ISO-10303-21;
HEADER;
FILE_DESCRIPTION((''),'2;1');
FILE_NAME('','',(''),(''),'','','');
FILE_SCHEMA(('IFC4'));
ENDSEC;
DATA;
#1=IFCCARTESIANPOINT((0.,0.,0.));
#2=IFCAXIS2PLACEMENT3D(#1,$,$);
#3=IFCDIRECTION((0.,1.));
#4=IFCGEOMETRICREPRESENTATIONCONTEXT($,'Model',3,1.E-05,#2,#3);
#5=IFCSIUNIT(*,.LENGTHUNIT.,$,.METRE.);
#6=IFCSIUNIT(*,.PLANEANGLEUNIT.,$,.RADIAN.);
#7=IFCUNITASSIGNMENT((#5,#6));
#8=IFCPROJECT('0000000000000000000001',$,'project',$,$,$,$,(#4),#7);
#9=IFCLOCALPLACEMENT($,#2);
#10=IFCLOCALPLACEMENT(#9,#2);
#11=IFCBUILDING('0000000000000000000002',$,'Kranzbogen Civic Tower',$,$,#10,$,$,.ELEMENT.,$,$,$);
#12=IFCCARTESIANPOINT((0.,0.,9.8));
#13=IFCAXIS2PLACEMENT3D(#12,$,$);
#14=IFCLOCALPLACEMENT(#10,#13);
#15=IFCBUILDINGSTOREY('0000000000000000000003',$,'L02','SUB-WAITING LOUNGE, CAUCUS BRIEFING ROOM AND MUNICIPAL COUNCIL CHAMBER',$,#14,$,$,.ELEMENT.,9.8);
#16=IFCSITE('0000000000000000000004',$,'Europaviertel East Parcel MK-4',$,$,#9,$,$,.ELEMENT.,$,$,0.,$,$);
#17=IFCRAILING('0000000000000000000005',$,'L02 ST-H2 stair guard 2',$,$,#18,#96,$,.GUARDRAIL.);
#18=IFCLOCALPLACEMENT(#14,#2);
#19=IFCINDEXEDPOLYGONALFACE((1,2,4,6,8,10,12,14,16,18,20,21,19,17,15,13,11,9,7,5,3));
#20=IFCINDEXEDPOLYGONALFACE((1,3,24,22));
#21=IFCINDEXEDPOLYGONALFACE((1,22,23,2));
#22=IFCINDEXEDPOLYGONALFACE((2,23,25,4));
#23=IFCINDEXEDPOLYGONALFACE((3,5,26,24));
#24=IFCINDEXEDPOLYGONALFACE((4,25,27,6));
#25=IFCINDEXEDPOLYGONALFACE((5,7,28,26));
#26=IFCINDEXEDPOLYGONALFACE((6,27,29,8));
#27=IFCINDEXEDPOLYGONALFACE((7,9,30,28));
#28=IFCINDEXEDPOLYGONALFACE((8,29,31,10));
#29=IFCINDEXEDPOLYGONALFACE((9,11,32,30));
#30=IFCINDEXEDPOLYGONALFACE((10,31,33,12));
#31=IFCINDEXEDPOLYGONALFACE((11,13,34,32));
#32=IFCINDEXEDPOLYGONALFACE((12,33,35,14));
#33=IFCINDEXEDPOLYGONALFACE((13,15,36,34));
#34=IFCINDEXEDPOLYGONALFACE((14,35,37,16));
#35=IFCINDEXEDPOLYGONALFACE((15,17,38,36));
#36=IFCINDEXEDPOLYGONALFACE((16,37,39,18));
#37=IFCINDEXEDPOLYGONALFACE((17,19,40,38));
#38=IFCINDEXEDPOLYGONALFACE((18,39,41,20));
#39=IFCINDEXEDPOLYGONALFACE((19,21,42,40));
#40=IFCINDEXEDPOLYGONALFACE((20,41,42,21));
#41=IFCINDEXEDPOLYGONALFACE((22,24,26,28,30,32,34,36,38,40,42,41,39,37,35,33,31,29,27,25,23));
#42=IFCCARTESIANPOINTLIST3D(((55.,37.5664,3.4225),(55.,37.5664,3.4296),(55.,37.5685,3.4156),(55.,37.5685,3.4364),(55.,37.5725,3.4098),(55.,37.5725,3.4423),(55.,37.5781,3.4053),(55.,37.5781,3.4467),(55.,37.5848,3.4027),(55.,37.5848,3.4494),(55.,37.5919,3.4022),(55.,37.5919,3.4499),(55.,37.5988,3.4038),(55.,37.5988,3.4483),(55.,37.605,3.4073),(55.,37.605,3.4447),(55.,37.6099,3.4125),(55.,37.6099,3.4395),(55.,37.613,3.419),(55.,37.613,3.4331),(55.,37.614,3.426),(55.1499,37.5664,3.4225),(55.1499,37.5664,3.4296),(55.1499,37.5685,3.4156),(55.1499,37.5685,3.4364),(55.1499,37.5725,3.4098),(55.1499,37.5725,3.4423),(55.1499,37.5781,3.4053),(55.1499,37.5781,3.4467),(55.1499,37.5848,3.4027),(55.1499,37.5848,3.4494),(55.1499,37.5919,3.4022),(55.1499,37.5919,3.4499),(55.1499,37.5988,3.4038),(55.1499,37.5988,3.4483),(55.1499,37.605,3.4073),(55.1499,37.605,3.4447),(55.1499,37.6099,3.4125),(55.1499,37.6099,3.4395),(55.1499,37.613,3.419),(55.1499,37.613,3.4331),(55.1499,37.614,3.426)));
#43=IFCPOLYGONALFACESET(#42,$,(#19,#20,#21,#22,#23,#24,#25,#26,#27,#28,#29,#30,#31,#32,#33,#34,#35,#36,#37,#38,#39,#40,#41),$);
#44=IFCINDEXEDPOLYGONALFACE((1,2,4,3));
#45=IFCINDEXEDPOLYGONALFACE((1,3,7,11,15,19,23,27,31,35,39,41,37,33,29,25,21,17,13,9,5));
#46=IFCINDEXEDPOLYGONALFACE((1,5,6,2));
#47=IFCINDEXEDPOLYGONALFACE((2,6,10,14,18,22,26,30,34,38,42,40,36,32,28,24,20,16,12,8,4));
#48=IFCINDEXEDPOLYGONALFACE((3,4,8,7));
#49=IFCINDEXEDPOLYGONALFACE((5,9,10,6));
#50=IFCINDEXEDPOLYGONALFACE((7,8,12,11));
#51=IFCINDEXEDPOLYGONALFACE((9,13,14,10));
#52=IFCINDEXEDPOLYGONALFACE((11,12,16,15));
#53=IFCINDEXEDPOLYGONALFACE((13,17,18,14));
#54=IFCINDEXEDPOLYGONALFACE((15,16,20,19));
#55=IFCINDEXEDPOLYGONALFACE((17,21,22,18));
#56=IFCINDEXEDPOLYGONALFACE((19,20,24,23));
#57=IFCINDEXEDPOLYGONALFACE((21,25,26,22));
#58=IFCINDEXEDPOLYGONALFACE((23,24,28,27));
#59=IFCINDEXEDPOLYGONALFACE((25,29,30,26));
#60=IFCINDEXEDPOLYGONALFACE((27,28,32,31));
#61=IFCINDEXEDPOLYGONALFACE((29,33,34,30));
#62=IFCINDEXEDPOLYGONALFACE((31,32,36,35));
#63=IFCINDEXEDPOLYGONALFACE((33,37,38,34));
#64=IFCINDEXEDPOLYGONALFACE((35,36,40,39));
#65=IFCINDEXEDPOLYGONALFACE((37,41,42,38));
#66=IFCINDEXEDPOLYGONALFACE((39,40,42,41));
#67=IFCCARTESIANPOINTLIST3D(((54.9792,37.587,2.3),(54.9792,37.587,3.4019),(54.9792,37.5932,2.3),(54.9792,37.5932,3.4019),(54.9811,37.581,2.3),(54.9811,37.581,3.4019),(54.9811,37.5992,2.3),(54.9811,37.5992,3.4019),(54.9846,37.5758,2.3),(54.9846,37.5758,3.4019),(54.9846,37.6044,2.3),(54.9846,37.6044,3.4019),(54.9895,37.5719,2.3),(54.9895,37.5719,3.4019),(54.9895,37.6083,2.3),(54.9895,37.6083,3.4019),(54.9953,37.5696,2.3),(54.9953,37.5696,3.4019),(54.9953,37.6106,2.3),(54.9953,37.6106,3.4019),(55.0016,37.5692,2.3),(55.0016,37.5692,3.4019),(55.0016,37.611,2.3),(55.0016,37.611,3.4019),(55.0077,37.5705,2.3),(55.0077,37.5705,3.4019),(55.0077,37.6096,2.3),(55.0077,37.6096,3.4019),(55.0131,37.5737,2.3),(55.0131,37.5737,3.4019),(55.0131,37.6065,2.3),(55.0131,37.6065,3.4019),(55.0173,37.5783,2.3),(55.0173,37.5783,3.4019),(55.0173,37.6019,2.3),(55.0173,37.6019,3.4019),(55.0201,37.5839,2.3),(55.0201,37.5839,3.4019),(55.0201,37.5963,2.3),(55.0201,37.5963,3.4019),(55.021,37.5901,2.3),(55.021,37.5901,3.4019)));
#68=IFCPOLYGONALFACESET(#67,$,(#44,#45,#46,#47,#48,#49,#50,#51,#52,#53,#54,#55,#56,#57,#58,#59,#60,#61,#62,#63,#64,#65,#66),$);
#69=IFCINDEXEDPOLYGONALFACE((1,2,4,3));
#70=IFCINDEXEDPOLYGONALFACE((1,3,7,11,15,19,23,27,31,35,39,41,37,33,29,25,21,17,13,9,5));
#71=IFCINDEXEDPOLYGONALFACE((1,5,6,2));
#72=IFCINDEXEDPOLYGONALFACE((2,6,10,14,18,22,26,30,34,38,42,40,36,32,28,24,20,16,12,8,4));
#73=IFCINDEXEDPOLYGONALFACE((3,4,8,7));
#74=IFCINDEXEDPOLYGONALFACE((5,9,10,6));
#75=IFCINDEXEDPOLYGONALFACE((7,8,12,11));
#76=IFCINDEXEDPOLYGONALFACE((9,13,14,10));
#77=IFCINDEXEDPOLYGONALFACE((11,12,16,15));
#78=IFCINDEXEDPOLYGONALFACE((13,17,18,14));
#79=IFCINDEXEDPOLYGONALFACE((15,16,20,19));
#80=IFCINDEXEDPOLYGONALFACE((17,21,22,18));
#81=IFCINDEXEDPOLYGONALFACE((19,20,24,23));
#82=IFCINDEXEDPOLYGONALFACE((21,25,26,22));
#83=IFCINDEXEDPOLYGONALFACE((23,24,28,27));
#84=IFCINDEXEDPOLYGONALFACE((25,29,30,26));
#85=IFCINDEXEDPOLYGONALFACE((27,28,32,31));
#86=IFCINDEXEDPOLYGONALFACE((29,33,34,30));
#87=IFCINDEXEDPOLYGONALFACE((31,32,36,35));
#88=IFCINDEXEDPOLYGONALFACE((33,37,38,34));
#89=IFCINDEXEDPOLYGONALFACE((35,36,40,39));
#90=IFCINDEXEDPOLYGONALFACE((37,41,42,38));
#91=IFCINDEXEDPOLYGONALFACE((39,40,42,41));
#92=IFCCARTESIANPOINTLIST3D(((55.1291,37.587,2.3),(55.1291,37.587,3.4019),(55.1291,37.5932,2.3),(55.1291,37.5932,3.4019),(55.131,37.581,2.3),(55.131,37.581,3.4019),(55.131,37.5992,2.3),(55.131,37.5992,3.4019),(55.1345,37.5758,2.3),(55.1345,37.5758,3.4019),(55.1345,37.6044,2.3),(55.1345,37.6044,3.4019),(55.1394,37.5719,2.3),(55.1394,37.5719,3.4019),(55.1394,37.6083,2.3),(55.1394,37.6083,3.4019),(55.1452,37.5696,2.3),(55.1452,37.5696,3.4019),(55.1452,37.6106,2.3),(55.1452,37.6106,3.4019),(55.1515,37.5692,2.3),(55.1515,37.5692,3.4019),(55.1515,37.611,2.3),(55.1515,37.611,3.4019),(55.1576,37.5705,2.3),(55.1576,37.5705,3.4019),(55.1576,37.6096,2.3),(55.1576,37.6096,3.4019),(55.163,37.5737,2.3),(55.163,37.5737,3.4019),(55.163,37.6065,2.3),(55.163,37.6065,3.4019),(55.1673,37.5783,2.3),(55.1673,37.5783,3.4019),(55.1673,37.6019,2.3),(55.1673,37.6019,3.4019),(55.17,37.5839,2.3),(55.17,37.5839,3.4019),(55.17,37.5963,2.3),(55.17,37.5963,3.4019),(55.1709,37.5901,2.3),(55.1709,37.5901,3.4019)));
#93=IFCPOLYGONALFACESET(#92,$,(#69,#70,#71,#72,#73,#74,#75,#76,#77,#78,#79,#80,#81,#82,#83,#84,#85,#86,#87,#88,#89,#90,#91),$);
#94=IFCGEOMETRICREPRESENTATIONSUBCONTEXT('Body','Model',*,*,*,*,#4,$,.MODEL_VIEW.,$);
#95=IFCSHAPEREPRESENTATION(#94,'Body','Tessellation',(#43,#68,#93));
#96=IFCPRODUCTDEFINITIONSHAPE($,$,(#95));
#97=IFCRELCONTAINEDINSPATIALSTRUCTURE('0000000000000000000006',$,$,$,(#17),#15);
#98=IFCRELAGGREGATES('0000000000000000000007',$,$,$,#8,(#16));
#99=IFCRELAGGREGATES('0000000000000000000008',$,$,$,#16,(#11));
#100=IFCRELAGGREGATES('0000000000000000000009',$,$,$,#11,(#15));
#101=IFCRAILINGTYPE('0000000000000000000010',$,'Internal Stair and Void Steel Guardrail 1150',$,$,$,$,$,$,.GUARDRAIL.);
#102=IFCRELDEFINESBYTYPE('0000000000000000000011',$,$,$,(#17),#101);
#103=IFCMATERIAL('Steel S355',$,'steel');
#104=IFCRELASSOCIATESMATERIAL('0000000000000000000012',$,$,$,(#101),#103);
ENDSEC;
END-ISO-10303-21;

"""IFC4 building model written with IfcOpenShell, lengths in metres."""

from ifc_helpers import new_model, si_unit, direction, frame, origin, origin_2d, place, context, subcontext, project, spatial, circle, extrude, material, type_object, element, save


model = new_model("IFC4")

# Units and contexts
model_context = context("Model", 3, precision=1e-05, world=origin(), true_north=direction((0.0, 1.0)))
body_context = subcontext(model_context, "Body", "Model", "MODEL_VIEW")
ifc_project = project(units=[si_unit("LENGTHUNIT", "METRE"), si_unit("PLANEANGLEUNIT", "RADIAN")], contexts=[model_context])

# Site, building, storey
site_placement = place(None, origin())
site = spatial("IfcSite", under=ifc_project, at=site_placement, Name="Europaviertel East Parcel MK-4", CompositionType="ELEMENT", RefElevation=0.0)
building_placement = place(site_placement, origin())
building = spatial("IfcBuilding", under=site, at=building_placement, Name="Kranzbogen Civic Tower", CompositionType="ELEMENT")
storey_placement = place(building_placement, frame((0.0, 0.0, 9.8)))
storey = spatial("IfcBuildingStorey", under=building, at=storey_placement, Name="L02", Description="SUB-WAITING LOUNGE, CAUCUS BRIEFING ROOM AND MUNICIPAL COUNCIL CHAMBER", CompositionType="ELEMENT", Elevation=9.8)

# Shared definitions
ifc_material_1 = material(Name="Steel S355", Category="steel")

# Railing
railing_type_1 = type_object("IfcRailingType", Name="Internal Stair and Void Steel Guardrail 1150", PredefinedType="GUARDRAIL", material=ifc_material_1)
railing_1_placement = place(storey_placement, frame((55.0, 37.5901, 2.3)))
element("IfcRailing", 1, at=railing_1_placement, inside=storey, type_object=railing_type_1, Name="L02 ST-H2 stair guard 2", PredefinedType="GUARDRAIL", context=body_context, shape_type="SweptSolid", body=[
    extrude(circle(Radius=0.0239, at=origin_2d()), frame((0.0, 0.0, 1.126), z_axis=(1.0, 0.0, 0.0), x_axis=(0.0, 1.0, 0.0)), (0.0, 0.0, 1.0), 0.1499),
    extrude(circle(Radius=0.021, at=origin_2d()), origin(), (0.0, 0.0, 1.0), 1.1018),
    extrude(circle(Radius=0.021, at=origin_2d()), frame((0.1499, 0.0, 0.0)), (0.0, 0.0, 1.0), 1.1018),
])

save(model, "model.ifc")
